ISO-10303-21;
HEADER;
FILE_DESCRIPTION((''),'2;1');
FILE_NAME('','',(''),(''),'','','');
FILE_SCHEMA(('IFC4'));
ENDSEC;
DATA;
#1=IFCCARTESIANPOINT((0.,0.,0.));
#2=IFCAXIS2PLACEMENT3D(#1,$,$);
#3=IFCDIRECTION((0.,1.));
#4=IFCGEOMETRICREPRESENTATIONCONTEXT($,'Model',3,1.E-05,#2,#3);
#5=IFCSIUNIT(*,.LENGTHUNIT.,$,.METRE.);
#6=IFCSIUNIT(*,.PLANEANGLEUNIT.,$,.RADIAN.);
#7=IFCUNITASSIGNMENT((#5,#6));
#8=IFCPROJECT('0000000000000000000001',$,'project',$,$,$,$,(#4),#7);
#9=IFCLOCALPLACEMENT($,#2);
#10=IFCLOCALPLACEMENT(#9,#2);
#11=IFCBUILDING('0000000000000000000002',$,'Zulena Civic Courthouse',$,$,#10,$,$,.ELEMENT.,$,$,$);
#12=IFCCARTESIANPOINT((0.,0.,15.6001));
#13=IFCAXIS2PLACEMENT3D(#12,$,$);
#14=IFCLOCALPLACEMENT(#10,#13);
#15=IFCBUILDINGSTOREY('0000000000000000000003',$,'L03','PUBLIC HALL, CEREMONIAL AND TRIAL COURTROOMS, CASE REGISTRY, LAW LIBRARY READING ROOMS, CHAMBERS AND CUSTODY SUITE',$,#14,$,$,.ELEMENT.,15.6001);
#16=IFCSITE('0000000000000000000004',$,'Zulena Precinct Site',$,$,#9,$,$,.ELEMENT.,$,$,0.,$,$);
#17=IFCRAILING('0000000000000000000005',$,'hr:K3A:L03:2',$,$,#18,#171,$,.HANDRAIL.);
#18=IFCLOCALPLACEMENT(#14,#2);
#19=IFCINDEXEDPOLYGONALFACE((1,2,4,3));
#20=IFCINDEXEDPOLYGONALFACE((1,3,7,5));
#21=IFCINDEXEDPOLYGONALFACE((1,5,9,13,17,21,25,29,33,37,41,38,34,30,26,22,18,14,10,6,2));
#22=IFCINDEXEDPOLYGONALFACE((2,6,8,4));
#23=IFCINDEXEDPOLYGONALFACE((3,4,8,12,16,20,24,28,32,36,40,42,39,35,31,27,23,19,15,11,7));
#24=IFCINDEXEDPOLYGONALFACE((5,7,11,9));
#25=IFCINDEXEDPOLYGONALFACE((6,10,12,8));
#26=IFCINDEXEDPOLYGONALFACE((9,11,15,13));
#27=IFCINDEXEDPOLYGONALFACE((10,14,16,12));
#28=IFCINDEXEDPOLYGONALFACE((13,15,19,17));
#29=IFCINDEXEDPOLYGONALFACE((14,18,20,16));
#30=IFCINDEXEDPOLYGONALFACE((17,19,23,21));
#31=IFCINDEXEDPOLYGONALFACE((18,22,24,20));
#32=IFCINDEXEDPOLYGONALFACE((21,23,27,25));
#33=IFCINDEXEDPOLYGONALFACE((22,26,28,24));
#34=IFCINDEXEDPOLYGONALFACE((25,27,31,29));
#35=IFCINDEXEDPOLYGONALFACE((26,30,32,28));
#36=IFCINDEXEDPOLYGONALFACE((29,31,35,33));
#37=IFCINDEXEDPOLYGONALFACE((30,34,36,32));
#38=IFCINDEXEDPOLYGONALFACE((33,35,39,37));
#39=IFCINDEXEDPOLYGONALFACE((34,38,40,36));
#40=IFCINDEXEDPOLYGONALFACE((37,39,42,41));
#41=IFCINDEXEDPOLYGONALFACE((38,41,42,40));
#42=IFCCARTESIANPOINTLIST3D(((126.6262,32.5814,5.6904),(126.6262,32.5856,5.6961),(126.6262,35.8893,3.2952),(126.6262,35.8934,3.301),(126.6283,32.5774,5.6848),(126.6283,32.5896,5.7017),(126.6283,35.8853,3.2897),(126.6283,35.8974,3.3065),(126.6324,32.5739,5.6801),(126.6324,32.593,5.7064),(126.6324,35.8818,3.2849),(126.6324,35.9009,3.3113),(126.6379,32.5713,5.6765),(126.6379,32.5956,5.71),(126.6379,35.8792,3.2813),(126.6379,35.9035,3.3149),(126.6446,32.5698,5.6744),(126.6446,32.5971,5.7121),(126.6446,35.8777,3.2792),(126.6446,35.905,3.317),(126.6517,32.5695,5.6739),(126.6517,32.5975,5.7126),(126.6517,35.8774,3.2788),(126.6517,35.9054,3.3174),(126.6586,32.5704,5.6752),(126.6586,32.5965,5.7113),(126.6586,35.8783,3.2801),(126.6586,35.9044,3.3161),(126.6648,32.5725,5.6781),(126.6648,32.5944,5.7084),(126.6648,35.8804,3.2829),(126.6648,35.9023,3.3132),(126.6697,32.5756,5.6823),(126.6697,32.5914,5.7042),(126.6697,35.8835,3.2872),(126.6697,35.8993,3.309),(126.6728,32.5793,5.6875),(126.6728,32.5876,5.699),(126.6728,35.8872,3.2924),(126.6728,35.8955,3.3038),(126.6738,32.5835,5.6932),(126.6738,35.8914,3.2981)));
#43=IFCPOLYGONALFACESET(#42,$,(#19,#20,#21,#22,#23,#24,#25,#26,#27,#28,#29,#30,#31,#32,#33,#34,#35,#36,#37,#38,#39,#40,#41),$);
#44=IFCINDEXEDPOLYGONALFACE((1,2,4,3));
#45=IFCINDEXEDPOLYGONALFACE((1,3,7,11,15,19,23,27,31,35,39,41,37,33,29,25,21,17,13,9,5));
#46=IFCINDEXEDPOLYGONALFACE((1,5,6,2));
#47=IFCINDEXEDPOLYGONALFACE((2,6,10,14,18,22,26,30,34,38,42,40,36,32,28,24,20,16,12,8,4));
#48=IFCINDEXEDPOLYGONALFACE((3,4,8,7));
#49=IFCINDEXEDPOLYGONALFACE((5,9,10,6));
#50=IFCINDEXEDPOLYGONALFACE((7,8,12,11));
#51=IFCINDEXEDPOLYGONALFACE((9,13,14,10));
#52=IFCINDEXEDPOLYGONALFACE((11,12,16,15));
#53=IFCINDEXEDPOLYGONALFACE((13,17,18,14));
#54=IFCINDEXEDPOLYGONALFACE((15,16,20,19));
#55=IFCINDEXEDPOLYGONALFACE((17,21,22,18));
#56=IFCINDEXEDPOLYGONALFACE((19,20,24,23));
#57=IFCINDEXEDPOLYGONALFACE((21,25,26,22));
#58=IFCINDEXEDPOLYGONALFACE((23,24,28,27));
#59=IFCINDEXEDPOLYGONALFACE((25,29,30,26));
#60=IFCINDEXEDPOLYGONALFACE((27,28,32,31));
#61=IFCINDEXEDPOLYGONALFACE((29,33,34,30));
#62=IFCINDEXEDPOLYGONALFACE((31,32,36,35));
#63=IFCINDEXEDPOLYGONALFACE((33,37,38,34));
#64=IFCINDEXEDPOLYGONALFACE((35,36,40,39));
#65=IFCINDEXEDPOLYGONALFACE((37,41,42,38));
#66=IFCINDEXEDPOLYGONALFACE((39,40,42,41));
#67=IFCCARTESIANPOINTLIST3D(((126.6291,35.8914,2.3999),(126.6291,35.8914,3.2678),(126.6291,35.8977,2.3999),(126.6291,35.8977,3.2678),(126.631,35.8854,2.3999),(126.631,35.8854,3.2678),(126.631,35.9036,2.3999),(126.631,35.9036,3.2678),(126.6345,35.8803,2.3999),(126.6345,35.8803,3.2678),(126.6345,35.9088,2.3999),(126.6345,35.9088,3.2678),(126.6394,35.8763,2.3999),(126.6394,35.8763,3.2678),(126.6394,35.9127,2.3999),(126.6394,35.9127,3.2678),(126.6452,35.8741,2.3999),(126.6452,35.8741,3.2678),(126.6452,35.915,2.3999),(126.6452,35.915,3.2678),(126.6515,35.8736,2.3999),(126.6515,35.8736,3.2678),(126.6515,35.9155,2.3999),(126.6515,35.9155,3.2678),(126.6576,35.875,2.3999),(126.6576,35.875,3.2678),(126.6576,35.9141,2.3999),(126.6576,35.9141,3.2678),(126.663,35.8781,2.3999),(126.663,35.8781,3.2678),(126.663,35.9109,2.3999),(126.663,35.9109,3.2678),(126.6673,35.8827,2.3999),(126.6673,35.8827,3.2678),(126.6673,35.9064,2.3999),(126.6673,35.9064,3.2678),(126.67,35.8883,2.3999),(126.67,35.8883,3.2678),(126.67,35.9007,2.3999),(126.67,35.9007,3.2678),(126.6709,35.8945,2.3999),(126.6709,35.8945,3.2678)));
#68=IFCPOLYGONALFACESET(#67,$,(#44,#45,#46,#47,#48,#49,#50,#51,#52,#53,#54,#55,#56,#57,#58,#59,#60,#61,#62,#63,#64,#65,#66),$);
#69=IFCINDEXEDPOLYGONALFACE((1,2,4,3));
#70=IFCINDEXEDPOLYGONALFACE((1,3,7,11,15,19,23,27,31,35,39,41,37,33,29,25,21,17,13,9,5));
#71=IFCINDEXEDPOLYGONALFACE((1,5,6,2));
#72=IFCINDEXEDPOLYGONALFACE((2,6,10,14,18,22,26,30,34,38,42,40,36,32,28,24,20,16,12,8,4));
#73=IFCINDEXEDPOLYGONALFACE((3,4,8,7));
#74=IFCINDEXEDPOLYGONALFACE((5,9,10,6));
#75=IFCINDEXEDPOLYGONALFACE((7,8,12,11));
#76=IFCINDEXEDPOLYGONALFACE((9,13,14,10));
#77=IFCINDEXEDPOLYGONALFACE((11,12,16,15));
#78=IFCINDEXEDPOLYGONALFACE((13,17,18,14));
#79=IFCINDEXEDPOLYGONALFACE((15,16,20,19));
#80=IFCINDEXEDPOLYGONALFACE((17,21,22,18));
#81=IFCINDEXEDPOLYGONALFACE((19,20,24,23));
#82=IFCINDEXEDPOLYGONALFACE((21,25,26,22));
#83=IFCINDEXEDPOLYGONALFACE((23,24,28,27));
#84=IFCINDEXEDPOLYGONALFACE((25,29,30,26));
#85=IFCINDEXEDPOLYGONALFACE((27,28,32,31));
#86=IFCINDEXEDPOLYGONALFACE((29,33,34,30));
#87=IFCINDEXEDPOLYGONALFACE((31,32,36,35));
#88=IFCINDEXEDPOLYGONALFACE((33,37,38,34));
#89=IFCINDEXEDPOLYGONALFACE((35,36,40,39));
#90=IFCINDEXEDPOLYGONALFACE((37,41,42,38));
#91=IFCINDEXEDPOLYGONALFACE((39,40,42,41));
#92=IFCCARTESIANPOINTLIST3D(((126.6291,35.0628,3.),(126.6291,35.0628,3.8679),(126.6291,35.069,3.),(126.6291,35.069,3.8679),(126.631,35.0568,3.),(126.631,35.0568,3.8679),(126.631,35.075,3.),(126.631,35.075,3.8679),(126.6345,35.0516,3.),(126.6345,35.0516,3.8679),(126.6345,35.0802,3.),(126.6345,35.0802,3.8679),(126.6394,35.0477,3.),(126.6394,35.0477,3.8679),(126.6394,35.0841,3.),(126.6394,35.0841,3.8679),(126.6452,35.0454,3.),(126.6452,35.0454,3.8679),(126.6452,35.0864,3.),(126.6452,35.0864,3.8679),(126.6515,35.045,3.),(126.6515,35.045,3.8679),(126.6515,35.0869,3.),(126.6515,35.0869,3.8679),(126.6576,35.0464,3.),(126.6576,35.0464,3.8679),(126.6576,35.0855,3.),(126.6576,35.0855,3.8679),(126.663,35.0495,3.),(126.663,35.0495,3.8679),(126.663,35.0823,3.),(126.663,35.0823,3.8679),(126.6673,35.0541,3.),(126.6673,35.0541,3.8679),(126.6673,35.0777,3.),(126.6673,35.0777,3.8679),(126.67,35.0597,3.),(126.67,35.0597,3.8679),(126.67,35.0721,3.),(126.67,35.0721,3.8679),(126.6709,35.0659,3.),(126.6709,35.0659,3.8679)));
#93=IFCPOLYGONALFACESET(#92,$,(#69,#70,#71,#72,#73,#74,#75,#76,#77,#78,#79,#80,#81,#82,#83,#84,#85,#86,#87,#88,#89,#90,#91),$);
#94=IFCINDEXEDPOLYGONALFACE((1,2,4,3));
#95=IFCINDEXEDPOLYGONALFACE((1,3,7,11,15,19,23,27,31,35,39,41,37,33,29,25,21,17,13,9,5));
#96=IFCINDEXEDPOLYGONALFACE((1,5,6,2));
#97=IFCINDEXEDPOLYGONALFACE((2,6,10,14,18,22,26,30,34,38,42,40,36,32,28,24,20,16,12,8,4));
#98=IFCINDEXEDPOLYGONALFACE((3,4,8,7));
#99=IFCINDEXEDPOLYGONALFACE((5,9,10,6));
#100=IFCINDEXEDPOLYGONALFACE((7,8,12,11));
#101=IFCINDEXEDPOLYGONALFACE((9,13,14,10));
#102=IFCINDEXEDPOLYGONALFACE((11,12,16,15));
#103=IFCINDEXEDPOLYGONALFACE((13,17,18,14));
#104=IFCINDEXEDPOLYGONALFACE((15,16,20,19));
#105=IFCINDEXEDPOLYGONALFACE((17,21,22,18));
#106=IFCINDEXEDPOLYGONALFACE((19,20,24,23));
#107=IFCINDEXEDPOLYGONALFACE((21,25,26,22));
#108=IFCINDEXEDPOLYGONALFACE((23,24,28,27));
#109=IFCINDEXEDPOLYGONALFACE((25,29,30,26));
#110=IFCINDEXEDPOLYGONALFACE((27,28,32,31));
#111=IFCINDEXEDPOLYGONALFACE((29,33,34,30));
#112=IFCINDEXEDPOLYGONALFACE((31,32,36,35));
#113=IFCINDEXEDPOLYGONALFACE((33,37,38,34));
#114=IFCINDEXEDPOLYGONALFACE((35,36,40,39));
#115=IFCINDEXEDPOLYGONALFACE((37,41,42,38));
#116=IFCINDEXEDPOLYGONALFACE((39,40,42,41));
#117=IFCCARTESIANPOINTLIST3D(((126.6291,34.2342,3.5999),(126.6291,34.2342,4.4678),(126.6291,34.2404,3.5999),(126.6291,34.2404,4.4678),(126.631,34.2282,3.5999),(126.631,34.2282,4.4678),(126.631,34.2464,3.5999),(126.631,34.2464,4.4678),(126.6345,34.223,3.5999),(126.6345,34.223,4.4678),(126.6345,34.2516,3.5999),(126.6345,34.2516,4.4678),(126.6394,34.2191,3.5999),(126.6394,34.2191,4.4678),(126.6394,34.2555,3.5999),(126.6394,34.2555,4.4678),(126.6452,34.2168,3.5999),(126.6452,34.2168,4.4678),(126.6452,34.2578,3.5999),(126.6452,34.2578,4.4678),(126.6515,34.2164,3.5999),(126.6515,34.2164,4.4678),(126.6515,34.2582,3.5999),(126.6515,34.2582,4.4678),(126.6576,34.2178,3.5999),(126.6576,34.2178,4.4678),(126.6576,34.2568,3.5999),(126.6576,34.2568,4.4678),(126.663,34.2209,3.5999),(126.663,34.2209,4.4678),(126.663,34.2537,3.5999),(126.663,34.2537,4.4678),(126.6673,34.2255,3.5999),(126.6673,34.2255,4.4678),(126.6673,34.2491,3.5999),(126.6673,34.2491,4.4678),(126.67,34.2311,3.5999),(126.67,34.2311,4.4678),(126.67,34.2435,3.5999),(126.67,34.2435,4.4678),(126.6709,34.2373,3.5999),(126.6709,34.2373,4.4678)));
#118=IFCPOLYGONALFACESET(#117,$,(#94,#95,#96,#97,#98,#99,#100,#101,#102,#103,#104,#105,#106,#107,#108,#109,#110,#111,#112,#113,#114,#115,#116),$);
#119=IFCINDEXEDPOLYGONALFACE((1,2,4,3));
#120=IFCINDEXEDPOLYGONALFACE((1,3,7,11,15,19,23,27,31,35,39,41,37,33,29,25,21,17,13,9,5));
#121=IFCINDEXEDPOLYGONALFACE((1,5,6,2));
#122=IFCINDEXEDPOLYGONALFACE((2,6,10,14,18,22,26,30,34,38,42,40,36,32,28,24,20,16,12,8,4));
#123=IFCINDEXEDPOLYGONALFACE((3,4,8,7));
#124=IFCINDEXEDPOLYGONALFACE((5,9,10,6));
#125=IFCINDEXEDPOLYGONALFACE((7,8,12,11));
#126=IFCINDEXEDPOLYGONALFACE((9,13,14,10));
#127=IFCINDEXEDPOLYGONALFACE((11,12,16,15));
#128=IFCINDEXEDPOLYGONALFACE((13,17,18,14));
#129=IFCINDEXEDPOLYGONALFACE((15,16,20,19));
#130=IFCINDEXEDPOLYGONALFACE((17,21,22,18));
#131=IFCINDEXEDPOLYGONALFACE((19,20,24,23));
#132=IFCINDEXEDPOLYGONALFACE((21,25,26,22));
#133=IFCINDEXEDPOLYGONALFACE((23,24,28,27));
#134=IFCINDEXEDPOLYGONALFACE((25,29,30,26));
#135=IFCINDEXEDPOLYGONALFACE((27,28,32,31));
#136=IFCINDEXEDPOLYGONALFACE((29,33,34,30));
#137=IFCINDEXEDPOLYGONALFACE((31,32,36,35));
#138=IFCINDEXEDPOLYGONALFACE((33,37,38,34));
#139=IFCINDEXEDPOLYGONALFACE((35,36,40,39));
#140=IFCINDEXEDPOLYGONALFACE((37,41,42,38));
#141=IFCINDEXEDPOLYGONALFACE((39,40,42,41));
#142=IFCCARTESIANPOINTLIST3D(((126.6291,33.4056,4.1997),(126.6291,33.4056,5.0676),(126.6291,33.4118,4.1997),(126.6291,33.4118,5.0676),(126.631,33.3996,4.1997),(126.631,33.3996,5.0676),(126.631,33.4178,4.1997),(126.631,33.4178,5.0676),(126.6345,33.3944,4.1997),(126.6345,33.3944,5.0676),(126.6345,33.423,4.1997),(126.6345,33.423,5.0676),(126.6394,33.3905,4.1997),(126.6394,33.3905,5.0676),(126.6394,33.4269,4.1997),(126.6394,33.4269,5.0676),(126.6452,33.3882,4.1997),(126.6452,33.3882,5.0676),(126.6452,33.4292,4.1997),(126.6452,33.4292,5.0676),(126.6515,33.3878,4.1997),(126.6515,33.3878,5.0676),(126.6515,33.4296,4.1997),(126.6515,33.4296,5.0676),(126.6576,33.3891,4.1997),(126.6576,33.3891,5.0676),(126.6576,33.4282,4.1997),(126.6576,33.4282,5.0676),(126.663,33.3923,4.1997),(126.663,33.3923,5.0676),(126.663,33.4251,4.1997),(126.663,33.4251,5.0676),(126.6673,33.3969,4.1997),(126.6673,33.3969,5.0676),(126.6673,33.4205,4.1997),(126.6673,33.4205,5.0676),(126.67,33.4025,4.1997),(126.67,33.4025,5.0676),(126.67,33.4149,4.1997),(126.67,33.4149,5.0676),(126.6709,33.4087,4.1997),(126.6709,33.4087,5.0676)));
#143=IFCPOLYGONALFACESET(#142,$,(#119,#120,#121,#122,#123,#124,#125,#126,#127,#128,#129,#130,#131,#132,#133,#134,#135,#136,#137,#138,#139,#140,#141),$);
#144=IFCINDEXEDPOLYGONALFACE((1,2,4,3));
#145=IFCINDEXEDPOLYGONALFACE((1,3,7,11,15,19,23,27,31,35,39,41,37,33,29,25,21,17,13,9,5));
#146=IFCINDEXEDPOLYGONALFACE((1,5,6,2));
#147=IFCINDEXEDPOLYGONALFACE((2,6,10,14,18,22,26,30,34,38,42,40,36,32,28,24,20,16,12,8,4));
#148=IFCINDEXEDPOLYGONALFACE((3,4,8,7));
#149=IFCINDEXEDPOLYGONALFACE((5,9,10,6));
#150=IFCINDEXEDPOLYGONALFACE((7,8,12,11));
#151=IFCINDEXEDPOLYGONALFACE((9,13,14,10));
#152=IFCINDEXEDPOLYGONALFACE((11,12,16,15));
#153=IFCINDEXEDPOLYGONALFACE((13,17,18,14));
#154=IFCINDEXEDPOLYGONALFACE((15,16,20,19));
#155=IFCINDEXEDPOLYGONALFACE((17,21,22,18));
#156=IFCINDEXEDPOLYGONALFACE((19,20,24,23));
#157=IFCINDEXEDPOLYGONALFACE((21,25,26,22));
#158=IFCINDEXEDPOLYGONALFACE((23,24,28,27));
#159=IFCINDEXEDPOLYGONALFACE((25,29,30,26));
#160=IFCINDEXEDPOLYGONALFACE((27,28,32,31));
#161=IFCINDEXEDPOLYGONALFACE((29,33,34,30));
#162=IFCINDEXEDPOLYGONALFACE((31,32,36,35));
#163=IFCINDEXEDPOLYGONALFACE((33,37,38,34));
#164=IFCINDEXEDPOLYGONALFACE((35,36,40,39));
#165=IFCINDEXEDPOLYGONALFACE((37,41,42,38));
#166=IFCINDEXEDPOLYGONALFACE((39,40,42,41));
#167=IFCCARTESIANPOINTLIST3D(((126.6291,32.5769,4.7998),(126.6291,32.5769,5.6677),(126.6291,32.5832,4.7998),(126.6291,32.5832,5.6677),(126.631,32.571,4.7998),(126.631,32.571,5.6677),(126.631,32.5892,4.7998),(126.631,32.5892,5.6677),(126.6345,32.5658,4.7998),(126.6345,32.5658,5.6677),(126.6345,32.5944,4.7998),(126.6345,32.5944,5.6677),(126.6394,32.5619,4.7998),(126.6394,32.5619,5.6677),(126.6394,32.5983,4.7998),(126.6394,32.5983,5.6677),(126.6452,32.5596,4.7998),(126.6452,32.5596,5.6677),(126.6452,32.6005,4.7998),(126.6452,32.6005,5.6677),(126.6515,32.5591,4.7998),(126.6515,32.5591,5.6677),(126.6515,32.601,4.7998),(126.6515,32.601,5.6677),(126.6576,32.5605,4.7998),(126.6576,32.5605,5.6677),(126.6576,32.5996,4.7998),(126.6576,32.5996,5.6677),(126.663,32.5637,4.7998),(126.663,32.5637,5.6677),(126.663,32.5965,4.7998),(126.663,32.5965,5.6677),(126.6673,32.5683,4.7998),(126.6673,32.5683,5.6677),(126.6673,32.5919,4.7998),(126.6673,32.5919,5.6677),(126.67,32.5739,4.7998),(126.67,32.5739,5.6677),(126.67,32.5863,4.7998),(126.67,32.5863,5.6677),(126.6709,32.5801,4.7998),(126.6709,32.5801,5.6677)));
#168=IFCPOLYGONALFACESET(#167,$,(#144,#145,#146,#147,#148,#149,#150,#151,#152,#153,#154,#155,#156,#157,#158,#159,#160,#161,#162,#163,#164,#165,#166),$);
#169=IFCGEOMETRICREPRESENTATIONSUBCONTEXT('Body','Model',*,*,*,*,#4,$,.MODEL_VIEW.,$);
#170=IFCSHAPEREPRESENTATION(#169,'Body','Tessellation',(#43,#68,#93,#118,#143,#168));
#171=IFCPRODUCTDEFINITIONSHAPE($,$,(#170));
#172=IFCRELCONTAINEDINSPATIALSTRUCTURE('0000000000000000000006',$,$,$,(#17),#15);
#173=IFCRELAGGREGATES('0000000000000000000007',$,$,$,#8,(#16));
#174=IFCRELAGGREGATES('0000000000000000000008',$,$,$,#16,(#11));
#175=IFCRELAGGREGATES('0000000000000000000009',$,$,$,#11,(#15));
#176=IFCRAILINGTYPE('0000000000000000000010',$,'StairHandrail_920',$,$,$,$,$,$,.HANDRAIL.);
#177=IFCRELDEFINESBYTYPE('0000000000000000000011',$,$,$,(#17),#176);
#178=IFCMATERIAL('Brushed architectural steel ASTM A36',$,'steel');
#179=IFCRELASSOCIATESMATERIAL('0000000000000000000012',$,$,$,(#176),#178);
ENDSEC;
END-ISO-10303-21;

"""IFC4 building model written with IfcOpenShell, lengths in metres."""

from ifc_helpers import new_model, si_unit, direction, frame, origin, origin_2d, place, context, subcontext, project, spatial, circle, extrude, material, type_object, element, save


model = new_model("IFC4")

# Units and contexts
model_context = context("Model", 3, precision=1e-05, world=origin(), true_north=direction((0.0, 1.0)))
body_context = subcontext(model_context, "Body", "Model", "MODEL_VIEW")
ifc_project = project(units=[si_unit("LENGTHUNIT", "METRE"), si_unit("PLANEANGLEUNIT", "RADIAN")], contexts=[model_context])

# Site, building, storey
site_placement = place(None, origin())
site = spatial("IfcSite", under=ifc_project, at=site_placement, Name="Zulena Precinct Site", CompositionType="ELEMENT", RefElevation=0.0)
building_placement = place(site_placement, origin())
building = spatial("IfcBuilding", under=site, at=building_placement, Name="Zulena Civic Courthouse", CompositionType="ELEMENT")
storey_placement = place(building_placement, frame((0.0, 0.0, 15.6001)))
storey = spatial("IfcBuildingStorey", under=building, at=storey_placement, Name="L03", Description="PUBLIC HALL, CEREMONIAL AND TRIAL COURTROOMS, CASE REGISTRY, LAW LIBRARY READING ROOMS, CHAMBERS AND CUSTODY SUITE", CompositionType="ELEMENT", Elevation=15.6001)

# Railing
ifc_material_1 = material(Name="Brushed architectural steel ASTM A36", Category="steel")
railing_type_1 = type_object("IfcRailingType", Name="StairHandrail_920", PredefinedType="HANDRAIL", material=ifc_material_1)
railing_1_placement = place(storey_placement, frame((126.6499, 35.8945, 2.3999)))
element("IfcRailing", 1, at=railing_1_placement, inside=storey, type_object=railing_type_1, Name="hr:K3A:L03:2", PredefinedType="HANDRAIL", context=body_context, shape_type="SweptSolid", body=[
    extrude(circle(Radius=0.0239, at=origin_2d()), frame((0.0, -0.0032, 0.8982), z_axis=(0.0, -0.809968, 0.586475), x_axis=(1.0, 0.0, 0.0)), (0.0, 0.0, 1.0), 4.084),
    extrude(circle(Radius=0.021, at=origin_2d()), origin(), (0.0, 0.0, 1.0), 0.8679),
    extrude(circle(Radius=0.021, at=origin_2d()), frame((0.0, -0.8286, 0.6001)), (0.0, 0.0, 1.0), 0.8679),
    extrude(circle(Radius=0.021, at=origin_2d()), frame((0.0, -1.6572, 1.2)), (0.0, 0.0, 1.0), 0.8679),
    extrude(circle(Radius=0.021, at=origin_2d()), frame((0.0, -2.4858, 1.7998)), (0.0, 0.0, 1.0), 0.8679),
    extrude(circle(Radius=0.021, at=origin_2d()), frame((0.0, -3.3145, 2.3999)), (0.0, 0.0, 1.0), 0.8679),
])

save(model, "model.ifc")
